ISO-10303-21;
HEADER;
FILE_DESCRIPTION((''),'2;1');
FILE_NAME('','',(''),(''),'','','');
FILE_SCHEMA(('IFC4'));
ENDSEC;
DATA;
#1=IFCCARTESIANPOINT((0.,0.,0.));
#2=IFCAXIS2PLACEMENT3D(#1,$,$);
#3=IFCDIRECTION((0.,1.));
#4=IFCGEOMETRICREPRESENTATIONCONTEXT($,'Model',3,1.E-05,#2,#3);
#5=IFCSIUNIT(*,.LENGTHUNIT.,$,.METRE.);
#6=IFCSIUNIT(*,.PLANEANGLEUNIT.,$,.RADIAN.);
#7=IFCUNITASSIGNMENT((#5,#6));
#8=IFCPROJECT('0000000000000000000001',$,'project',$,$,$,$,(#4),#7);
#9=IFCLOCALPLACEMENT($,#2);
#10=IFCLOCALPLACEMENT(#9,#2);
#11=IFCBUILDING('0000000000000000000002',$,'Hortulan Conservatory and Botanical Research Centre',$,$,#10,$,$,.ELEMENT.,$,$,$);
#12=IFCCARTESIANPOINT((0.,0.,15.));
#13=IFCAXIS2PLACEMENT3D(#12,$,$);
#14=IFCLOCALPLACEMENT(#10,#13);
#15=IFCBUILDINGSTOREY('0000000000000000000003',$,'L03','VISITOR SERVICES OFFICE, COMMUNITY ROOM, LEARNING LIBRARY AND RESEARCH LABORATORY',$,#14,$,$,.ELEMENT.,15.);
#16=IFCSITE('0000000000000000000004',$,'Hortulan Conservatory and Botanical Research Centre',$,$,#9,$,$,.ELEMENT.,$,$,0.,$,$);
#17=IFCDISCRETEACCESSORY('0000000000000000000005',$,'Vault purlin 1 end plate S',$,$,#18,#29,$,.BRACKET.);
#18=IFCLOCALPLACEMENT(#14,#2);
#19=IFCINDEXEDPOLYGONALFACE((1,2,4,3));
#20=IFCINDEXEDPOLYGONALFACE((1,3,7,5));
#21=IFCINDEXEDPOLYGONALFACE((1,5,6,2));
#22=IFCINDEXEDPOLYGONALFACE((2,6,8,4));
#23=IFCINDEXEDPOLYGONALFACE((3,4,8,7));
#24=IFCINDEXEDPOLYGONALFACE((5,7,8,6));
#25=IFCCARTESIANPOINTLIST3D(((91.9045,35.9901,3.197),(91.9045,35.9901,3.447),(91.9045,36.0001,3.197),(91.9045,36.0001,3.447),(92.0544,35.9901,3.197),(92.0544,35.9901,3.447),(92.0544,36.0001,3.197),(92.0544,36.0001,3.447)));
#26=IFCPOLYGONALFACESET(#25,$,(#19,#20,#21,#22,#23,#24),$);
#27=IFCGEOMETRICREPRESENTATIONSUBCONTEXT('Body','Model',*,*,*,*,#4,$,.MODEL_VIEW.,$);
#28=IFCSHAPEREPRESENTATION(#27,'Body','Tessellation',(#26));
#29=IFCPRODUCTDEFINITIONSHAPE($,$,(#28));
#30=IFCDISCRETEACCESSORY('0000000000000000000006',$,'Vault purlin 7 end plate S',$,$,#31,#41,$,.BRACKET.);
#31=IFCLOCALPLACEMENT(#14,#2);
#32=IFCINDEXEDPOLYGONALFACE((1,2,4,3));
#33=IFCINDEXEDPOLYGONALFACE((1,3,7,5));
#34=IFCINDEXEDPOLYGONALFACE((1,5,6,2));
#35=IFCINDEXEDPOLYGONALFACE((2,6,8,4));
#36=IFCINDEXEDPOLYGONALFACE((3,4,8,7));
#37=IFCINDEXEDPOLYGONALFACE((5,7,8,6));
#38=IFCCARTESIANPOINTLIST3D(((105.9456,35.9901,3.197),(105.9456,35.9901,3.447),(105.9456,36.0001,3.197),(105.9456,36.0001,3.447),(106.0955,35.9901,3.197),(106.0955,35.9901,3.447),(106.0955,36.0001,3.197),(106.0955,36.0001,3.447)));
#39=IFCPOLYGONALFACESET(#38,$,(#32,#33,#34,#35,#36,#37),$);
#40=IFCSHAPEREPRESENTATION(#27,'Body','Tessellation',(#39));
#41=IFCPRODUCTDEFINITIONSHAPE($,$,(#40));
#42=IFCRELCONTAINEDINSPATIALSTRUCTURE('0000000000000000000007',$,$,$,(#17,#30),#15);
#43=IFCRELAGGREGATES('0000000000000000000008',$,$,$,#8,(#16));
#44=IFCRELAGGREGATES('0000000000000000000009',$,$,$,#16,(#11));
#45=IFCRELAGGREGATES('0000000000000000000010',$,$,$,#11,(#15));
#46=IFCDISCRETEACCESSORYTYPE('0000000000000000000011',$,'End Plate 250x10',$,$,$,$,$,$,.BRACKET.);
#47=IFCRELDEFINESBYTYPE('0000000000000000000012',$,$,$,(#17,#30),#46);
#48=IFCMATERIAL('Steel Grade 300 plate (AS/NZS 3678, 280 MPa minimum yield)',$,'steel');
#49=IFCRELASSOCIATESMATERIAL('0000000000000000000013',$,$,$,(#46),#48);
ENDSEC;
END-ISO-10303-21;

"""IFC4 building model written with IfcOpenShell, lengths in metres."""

from ifc_helpers import new_model, si_unit, direction, frame, origin, origin_2d, place, context, subcontext, project, spatial, rectangle, extrude, material, type_object, element, save


model = new_model("IFC4")

# Units and contexts
model_context = context("Model", 3, precision=1e-05, world=origin(), true_north=direction((0.0, 1.0)))
body_context = subcontext(model_context, "Body", "Model", "MODEL_VIEW")
ifc_project = project(units=[si_unit("LENGTHUNIT", "METRE"), si_unit("PLANEANGLEUNIT", "RADIAN")], contexts=[model_context])

# Site, building, storey
site_placement = place(None, origin())
site = spatial("IfcSite", under=ifc_project, at=site_placement, Name="Hortulan Conservatory and Botanical Research Centre", CompositionType="ELEMENT", RefElevation=0.0)
building_placement = place(site_placement, origin())
building = spatial("IfcBuilding", under=site, at=building_placement, Name="Hortulan Conservatory and Botanical Research Centre", CompositionType="ELEMENT")
storey_placement = place(building_placement, frame((0.0, 0.0, 15.0)))
storey = spatial("IfcBuildingStorey", under=building, at=storey_placement, Name="L03", Description="VISITOR SERVICES OFFICE, COMMUNITY ROOM, LEARNING LIBRARY AND RESEARCH LABORATORY", CompositionType="ELEMENT", Elevation=15.0)

# Discrete accessories
ifc_material_1 = material(Name="Steel Grade 300 plate (AS/NZS 3678, 280 MPa minimum yield)", Category="steel")
discrete_accessory_type_1 = type_object("IfcDiscreteAccessoryType", Name="End Plate 250x10", PredefinedType="BRACKET", material=ifc_material_1)
for number, where, z_axis, x_axis, name in (
    (1, (91.9795, 35.9951, 3.197), (0.0, 0.0, 1.0), (1.0, 0.0, 0.0), "Vault purlin 1 end plate S"),
    (2, (106.0205, 35.9951, 3.197), (0.0, 0.0, 1.0), (1.0, 0.0, 0.0), "Vault purlin 7 end plate S"),
):
    element("IfcDiscreteAccessory", number, at=place(storey_placement, frame(where, z_axis=z_axis, x_axis=x_axis)), inside=storey, type_object=discrete_accessory_type_1, Name=name, PredefinedType="BRACKET", context=body_context, shape_type="SweptSolid", body=[
        extrude(rectangle(XDim=0.1499, YDim=0.01, at=origin_2d()), origin(), (0.0, 0.0, 1.0), 0.25),
    ])

save(model, "model.ifc")
